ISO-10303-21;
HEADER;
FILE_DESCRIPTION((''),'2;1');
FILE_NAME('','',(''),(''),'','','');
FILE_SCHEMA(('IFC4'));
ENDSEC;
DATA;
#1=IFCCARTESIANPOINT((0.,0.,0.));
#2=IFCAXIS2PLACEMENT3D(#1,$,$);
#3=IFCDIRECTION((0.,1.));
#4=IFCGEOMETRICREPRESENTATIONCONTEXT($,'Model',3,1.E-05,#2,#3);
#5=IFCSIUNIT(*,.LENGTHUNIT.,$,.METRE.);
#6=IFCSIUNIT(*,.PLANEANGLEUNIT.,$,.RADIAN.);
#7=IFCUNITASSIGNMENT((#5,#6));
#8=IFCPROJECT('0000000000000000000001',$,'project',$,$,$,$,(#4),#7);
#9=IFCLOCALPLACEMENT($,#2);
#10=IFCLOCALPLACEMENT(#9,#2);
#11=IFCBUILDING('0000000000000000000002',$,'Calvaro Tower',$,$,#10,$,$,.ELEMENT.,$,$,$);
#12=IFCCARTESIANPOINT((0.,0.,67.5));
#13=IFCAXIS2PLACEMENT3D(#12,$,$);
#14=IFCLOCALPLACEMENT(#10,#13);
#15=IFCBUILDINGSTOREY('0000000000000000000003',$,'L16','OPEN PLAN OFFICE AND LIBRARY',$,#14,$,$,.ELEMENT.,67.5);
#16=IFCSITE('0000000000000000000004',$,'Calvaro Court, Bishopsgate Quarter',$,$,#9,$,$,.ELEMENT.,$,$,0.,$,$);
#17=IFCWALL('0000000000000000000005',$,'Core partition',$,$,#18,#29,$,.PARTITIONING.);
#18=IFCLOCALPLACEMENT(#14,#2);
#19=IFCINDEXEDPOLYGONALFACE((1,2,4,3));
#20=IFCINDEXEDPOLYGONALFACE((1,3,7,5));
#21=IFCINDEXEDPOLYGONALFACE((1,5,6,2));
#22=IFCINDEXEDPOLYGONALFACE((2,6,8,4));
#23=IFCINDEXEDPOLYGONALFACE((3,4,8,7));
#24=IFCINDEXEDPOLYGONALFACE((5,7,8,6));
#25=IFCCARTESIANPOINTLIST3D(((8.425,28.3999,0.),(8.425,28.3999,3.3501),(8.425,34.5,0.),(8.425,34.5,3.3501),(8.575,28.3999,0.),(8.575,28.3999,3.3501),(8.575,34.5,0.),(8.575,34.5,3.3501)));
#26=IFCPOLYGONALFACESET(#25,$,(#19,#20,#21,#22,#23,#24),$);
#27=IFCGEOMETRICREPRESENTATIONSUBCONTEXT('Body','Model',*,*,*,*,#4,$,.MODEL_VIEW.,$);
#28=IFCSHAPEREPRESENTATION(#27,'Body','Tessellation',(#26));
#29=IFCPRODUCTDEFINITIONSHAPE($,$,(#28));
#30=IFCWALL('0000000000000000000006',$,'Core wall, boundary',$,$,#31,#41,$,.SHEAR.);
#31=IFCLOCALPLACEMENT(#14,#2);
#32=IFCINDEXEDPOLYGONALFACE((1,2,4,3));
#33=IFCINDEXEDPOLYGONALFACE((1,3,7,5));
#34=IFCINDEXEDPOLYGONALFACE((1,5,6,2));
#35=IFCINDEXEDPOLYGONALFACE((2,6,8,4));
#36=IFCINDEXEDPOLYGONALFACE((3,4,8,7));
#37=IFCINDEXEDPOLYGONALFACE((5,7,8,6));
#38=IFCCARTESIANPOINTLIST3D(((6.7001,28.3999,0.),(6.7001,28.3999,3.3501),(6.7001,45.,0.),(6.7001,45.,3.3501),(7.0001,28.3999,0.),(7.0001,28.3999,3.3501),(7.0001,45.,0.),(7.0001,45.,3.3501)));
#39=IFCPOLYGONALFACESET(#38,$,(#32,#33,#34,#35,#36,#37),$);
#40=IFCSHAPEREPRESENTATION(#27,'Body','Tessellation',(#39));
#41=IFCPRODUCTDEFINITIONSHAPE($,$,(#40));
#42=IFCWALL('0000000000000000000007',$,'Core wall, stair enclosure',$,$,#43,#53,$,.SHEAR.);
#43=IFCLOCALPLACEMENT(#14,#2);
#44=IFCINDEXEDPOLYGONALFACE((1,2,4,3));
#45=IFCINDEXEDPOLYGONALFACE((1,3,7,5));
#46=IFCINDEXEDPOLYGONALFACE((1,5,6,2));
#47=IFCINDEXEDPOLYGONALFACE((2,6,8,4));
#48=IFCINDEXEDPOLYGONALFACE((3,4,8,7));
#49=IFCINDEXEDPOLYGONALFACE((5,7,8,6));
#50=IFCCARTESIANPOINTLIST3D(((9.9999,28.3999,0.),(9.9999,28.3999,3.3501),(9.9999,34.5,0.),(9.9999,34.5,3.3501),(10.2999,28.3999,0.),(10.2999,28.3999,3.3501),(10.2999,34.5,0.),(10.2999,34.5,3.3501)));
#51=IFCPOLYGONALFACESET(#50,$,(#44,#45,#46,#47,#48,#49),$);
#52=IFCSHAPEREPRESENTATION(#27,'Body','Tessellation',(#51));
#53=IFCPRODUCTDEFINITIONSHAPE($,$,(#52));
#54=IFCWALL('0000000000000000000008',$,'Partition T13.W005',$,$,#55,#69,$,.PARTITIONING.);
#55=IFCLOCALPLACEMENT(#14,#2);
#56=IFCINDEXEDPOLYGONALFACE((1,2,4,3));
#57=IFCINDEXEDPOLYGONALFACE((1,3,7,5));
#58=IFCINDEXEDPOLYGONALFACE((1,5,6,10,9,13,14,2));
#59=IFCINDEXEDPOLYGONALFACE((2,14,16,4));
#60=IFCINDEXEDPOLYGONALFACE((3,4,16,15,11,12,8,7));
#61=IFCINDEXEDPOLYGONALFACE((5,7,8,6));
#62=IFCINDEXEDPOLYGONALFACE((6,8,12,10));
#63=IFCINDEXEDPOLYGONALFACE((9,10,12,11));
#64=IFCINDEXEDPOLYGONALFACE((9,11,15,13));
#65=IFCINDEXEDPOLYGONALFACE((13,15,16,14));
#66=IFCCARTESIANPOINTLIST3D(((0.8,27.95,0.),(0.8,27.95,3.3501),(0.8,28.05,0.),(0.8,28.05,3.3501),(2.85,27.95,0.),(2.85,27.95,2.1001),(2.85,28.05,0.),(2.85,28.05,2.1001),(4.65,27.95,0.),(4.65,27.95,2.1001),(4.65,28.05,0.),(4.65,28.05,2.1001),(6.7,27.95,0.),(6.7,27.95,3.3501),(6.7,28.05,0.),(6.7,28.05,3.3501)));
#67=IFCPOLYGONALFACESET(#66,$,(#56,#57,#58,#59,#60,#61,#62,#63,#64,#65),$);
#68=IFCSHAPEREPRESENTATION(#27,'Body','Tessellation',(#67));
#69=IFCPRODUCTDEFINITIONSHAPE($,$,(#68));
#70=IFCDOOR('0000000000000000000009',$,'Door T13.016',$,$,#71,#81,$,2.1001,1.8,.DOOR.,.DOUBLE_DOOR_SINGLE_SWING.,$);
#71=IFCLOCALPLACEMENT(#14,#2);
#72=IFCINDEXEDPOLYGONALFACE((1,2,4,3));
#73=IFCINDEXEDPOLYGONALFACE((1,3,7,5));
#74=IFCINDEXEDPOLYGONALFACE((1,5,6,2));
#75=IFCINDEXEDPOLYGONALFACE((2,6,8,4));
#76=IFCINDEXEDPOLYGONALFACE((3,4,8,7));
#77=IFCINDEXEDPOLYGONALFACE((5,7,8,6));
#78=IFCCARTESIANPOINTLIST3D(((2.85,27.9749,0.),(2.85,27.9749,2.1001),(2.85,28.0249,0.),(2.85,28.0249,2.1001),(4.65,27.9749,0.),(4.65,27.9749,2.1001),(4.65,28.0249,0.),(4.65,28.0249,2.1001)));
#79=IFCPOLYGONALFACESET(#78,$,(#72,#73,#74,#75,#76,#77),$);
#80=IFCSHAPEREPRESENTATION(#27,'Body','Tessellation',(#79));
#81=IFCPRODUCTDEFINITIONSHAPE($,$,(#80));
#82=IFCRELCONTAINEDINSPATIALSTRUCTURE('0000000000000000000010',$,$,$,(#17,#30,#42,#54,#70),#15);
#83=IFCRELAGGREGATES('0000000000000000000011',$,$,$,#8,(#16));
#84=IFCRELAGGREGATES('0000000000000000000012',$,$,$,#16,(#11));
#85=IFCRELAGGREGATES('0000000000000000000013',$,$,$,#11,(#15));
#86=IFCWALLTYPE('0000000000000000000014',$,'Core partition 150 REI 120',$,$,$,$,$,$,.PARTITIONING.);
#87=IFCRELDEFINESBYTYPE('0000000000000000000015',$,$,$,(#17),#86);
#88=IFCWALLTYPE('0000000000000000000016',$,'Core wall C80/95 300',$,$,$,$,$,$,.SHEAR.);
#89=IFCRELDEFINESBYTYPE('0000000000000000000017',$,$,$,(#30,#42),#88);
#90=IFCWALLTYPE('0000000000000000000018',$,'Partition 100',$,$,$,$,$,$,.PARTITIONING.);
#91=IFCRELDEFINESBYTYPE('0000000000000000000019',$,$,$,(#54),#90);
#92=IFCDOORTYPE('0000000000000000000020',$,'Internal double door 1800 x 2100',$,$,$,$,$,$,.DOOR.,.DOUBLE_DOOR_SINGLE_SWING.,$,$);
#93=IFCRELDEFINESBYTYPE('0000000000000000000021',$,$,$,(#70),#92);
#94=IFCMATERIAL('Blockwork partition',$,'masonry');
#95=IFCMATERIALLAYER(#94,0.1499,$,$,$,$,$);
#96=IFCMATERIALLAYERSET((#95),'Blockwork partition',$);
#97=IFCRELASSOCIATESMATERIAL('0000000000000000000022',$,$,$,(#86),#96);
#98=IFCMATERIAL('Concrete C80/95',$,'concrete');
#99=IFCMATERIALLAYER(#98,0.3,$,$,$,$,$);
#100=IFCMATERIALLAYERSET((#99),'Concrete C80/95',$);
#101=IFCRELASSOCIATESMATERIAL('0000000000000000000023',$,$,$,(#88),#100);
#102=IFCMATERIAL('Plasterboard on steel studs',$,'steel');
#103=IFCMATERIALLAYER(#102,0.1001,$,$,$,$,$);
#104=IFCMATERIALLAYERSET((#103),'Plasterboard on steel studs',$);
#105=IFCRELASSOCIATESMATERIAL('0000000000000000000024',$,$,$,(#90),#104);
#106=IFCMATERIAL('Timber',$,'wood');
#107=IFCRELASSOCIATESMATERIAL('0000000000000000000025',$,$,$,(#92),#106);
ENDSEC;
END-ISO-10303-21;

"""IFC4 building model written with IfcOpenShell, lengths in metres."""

from ifc_helpers import new_model, si_unit, direction, frame, frame_2d, origin, place, context, subcontext, project, spatial, rectangle, extrude, material, layer, layer_set, type_object, element, fill, save


model = new_model("IFC4")

# Units and contexts
model_context = context("Model", 3, precision=1e-05, world=origin(), true_north=direction((0.0, 1.0)))
body_context = subcontext(model_context, "Body", "Model", "MODEL_VIEW")
ifc_project = project(units=[si_unit("LENGTHUNIT", "METRE"), si_unit("PLANEANGLEUNIT", "RADIAN")], contexts=[model_context])

# Site, building, storey
site_placement = place(None, origin())
site = spatial("IfcSite", under=ifc_project, at=site_placement, Name="Calvaro Court, Bishopsgate Quarter", CompositionType="ELEMENT", RefElevation=0.0)
building_placement = place(site_placement, origin())
building = spatial("IfcBuilding", under=site, at=building_placement, Name="Calvaro Tower", CompositionType="ELEMENT")
storey_placement = place(building_placement, frame((0.0, 0.0, 67.5)))
storey = spatial("IfcBuildingStorey", under=building, at=storey_placement, Name="L16", Description="OPEN PLAN OFFICE AND LIBRARY", CompositionType="ELEMENT", Elevation=67.5)

# Walls
ifc_material_1 = material(Name="Blockwork partition", Category="masonry")
ifc_layer_1 = layer(ifc_material_1, 0.1499)
ifc_layer_set_1 = layer_set([ifc_layer_1], Name="Blockwork partition")
wall_type_1 = type_object("IfcWallType", Name="Core partition 150 REI 120", PredefinedType="PARTITIONING", material=ifc_layer_set_1)
wall_1_placement = place(storey_placement, frame((8.5, 28.3999, 0.0), z_axis=(0.0, 0.0, 1.0), x_axis=(0.0, 1.0, 0.0)))
element("IfcWall", 1, at=wall_1_placement, inside=storey, type_object=wall_type_1, Name="Core partition", PredefinedType="PARTITIONING", context=body_context, shape_type="SweptSolid", body=[
    extrude(rectangle(XDim=6.1001, YDim=0.1499, at=frame_2d((3.05, 0.0))), origin(), (0.0, 0.0, 1.0), 3.3501),
])
ifc_material_2 = material(Name="Concrete C80/95", Category="concrete")
ifc_layer_2 = layer(ifc_material_2, 0.3)
ifc_layer_set_2 = layer_set([ifc_layer_2], Name="Concrete C80/95")
wall_type_2 = type_object("IfcWallType", Name="Core wall C80/95 300", PredefinedType="SHEAR", material=ifc_layer_set_2)
wall_2_placement = place(storey_placement, frame((6.8501, 28.3999, 0.0), z_axis=(0.0, 0.0, 1.0), x_axis=(0.0, 1.0, 0.0)))
element("IfcWall", 2, at=wall_2_placement, inside=storey, type_object=wall_type_2, Name="Core wall, boundary", PredefinedType="SHEAR", context=body_context, shape_type="SweptSolid", body=[
    extrude(rectangle(XDim=16.6001, YDim=0.3, at=frame_2d((8.3, 0.0))), origin(), (0.0, 0.0, 1.0), 3.3501),
])
wall_3_placement = place(storey_placement, frame((10.1499, 28.3999, 0.0), z_axis=(0.0, 0.0, 1.0), x_axis=(0.0, 1.0, 0.0)))
element("IfcWall", 3, at=wall_3_placement, inside=storey, type_object=wall_type_2, Name="Core wall, stair enclosure", PredefinedType="SHEAR", context=body_context, shape_type="SweptSolid", body=[
    extrude(rectangle(XDim=6.1001, YDim=0.3, at=frame_2d((3.05, 0.0))), origin(), (0.0, 0.0, 1.0), 3.3501),
])

# Wall, opening, door
ifc_material_3 = material(Name="Plasterboard on steel studs", Category="steel")
ifc_layer_3 = layer(ifc_material_3, 0.1001)
ifc_layer_set_3 = layer_set([ifc_layer_3], Name="Plasterboard on steel studs")
wall_type_3 = type_object("IfcWallType", Name="Partition 100", PredefinedType="PARTITIONING", material=ifc_layer_set_3)
wall_4_placement = place(storey_placement, frame((0.8, 28.0, 0.0), z_axis=(0.0, 0.0, 1.0), x_axis=(1.0, 0.0, 0.0)))
wall_4 = element("IfcWall", 4, at=wall_4_placement, inside=storey, type_object=wall_type_3, Name="Partition T13.W005", PredefinedType="PARTITIONING", context=body_context, shape_type="SweptSolid", body=[
    extrude(rectangle(XDim=5.8999, YDim=0.1001, at=frame_2d((2.95, 0.0))), origin(), (0.0, 0.0, 1.0), 3.3501),
])
opening_1_placement = place(wall_4_placement, frame((2.05, 0.0, 0.0)))
opening_1 = element("IfcOpeningElement", 5, at=opening_1_placement, cuts=wall_4, PredefinedType="OPENING", context=body_context, shape_type="SweptSolid", body=[
    extrude(rectangle(XDim=1.8, YDim=2.1001, at=frame_2d((0.8999, 1.05))), frame((0.0, 0.0601, 0.0), z_axis=(0.0, -1.0, 0.0), x_axis=(1.0, 0.0, 0.0)), (0.0, 0.0, 1.0), 0.1201),
])
ifc_material_4 = material(Name="Timber", Category="wood")
door_type_1 = type_object("IfcDoorType", Name="Internal double door 1800 x 2100", OperationType="DOUBLE_DOOR_SINGLE_SWING", PredefinedType="DOOR", material=ifc_material_4)
door_1_placement = place(opening_1_placement, origin())
door_1 = element("IfcDoor", 6, at=door_1_placement, inside=storey, type_object=door_type_1, Name="Door T13.016", OperationType="DOUBLE_DOOR_SINGLE_SWING", OverallHeight=2.1001, OverallWidth=1.8, PredefinedType="DOOR", context=body_context, shape_type="SweptSolid", body=[
    extrude(rectangle(XDim=1.8, YDim=2.1001, at=frame_2d((0.8999, 1.05))), frame((0.0, 0.0249, 0.0), z_axis=(0.0, -1.0, 0.0), x_axis=(1.0, 0.0, 0.0)), (0.0, 0.0, 1.0), 0.05),
])
fill(opening_1, door_1)

save(model, "model.ifc")
